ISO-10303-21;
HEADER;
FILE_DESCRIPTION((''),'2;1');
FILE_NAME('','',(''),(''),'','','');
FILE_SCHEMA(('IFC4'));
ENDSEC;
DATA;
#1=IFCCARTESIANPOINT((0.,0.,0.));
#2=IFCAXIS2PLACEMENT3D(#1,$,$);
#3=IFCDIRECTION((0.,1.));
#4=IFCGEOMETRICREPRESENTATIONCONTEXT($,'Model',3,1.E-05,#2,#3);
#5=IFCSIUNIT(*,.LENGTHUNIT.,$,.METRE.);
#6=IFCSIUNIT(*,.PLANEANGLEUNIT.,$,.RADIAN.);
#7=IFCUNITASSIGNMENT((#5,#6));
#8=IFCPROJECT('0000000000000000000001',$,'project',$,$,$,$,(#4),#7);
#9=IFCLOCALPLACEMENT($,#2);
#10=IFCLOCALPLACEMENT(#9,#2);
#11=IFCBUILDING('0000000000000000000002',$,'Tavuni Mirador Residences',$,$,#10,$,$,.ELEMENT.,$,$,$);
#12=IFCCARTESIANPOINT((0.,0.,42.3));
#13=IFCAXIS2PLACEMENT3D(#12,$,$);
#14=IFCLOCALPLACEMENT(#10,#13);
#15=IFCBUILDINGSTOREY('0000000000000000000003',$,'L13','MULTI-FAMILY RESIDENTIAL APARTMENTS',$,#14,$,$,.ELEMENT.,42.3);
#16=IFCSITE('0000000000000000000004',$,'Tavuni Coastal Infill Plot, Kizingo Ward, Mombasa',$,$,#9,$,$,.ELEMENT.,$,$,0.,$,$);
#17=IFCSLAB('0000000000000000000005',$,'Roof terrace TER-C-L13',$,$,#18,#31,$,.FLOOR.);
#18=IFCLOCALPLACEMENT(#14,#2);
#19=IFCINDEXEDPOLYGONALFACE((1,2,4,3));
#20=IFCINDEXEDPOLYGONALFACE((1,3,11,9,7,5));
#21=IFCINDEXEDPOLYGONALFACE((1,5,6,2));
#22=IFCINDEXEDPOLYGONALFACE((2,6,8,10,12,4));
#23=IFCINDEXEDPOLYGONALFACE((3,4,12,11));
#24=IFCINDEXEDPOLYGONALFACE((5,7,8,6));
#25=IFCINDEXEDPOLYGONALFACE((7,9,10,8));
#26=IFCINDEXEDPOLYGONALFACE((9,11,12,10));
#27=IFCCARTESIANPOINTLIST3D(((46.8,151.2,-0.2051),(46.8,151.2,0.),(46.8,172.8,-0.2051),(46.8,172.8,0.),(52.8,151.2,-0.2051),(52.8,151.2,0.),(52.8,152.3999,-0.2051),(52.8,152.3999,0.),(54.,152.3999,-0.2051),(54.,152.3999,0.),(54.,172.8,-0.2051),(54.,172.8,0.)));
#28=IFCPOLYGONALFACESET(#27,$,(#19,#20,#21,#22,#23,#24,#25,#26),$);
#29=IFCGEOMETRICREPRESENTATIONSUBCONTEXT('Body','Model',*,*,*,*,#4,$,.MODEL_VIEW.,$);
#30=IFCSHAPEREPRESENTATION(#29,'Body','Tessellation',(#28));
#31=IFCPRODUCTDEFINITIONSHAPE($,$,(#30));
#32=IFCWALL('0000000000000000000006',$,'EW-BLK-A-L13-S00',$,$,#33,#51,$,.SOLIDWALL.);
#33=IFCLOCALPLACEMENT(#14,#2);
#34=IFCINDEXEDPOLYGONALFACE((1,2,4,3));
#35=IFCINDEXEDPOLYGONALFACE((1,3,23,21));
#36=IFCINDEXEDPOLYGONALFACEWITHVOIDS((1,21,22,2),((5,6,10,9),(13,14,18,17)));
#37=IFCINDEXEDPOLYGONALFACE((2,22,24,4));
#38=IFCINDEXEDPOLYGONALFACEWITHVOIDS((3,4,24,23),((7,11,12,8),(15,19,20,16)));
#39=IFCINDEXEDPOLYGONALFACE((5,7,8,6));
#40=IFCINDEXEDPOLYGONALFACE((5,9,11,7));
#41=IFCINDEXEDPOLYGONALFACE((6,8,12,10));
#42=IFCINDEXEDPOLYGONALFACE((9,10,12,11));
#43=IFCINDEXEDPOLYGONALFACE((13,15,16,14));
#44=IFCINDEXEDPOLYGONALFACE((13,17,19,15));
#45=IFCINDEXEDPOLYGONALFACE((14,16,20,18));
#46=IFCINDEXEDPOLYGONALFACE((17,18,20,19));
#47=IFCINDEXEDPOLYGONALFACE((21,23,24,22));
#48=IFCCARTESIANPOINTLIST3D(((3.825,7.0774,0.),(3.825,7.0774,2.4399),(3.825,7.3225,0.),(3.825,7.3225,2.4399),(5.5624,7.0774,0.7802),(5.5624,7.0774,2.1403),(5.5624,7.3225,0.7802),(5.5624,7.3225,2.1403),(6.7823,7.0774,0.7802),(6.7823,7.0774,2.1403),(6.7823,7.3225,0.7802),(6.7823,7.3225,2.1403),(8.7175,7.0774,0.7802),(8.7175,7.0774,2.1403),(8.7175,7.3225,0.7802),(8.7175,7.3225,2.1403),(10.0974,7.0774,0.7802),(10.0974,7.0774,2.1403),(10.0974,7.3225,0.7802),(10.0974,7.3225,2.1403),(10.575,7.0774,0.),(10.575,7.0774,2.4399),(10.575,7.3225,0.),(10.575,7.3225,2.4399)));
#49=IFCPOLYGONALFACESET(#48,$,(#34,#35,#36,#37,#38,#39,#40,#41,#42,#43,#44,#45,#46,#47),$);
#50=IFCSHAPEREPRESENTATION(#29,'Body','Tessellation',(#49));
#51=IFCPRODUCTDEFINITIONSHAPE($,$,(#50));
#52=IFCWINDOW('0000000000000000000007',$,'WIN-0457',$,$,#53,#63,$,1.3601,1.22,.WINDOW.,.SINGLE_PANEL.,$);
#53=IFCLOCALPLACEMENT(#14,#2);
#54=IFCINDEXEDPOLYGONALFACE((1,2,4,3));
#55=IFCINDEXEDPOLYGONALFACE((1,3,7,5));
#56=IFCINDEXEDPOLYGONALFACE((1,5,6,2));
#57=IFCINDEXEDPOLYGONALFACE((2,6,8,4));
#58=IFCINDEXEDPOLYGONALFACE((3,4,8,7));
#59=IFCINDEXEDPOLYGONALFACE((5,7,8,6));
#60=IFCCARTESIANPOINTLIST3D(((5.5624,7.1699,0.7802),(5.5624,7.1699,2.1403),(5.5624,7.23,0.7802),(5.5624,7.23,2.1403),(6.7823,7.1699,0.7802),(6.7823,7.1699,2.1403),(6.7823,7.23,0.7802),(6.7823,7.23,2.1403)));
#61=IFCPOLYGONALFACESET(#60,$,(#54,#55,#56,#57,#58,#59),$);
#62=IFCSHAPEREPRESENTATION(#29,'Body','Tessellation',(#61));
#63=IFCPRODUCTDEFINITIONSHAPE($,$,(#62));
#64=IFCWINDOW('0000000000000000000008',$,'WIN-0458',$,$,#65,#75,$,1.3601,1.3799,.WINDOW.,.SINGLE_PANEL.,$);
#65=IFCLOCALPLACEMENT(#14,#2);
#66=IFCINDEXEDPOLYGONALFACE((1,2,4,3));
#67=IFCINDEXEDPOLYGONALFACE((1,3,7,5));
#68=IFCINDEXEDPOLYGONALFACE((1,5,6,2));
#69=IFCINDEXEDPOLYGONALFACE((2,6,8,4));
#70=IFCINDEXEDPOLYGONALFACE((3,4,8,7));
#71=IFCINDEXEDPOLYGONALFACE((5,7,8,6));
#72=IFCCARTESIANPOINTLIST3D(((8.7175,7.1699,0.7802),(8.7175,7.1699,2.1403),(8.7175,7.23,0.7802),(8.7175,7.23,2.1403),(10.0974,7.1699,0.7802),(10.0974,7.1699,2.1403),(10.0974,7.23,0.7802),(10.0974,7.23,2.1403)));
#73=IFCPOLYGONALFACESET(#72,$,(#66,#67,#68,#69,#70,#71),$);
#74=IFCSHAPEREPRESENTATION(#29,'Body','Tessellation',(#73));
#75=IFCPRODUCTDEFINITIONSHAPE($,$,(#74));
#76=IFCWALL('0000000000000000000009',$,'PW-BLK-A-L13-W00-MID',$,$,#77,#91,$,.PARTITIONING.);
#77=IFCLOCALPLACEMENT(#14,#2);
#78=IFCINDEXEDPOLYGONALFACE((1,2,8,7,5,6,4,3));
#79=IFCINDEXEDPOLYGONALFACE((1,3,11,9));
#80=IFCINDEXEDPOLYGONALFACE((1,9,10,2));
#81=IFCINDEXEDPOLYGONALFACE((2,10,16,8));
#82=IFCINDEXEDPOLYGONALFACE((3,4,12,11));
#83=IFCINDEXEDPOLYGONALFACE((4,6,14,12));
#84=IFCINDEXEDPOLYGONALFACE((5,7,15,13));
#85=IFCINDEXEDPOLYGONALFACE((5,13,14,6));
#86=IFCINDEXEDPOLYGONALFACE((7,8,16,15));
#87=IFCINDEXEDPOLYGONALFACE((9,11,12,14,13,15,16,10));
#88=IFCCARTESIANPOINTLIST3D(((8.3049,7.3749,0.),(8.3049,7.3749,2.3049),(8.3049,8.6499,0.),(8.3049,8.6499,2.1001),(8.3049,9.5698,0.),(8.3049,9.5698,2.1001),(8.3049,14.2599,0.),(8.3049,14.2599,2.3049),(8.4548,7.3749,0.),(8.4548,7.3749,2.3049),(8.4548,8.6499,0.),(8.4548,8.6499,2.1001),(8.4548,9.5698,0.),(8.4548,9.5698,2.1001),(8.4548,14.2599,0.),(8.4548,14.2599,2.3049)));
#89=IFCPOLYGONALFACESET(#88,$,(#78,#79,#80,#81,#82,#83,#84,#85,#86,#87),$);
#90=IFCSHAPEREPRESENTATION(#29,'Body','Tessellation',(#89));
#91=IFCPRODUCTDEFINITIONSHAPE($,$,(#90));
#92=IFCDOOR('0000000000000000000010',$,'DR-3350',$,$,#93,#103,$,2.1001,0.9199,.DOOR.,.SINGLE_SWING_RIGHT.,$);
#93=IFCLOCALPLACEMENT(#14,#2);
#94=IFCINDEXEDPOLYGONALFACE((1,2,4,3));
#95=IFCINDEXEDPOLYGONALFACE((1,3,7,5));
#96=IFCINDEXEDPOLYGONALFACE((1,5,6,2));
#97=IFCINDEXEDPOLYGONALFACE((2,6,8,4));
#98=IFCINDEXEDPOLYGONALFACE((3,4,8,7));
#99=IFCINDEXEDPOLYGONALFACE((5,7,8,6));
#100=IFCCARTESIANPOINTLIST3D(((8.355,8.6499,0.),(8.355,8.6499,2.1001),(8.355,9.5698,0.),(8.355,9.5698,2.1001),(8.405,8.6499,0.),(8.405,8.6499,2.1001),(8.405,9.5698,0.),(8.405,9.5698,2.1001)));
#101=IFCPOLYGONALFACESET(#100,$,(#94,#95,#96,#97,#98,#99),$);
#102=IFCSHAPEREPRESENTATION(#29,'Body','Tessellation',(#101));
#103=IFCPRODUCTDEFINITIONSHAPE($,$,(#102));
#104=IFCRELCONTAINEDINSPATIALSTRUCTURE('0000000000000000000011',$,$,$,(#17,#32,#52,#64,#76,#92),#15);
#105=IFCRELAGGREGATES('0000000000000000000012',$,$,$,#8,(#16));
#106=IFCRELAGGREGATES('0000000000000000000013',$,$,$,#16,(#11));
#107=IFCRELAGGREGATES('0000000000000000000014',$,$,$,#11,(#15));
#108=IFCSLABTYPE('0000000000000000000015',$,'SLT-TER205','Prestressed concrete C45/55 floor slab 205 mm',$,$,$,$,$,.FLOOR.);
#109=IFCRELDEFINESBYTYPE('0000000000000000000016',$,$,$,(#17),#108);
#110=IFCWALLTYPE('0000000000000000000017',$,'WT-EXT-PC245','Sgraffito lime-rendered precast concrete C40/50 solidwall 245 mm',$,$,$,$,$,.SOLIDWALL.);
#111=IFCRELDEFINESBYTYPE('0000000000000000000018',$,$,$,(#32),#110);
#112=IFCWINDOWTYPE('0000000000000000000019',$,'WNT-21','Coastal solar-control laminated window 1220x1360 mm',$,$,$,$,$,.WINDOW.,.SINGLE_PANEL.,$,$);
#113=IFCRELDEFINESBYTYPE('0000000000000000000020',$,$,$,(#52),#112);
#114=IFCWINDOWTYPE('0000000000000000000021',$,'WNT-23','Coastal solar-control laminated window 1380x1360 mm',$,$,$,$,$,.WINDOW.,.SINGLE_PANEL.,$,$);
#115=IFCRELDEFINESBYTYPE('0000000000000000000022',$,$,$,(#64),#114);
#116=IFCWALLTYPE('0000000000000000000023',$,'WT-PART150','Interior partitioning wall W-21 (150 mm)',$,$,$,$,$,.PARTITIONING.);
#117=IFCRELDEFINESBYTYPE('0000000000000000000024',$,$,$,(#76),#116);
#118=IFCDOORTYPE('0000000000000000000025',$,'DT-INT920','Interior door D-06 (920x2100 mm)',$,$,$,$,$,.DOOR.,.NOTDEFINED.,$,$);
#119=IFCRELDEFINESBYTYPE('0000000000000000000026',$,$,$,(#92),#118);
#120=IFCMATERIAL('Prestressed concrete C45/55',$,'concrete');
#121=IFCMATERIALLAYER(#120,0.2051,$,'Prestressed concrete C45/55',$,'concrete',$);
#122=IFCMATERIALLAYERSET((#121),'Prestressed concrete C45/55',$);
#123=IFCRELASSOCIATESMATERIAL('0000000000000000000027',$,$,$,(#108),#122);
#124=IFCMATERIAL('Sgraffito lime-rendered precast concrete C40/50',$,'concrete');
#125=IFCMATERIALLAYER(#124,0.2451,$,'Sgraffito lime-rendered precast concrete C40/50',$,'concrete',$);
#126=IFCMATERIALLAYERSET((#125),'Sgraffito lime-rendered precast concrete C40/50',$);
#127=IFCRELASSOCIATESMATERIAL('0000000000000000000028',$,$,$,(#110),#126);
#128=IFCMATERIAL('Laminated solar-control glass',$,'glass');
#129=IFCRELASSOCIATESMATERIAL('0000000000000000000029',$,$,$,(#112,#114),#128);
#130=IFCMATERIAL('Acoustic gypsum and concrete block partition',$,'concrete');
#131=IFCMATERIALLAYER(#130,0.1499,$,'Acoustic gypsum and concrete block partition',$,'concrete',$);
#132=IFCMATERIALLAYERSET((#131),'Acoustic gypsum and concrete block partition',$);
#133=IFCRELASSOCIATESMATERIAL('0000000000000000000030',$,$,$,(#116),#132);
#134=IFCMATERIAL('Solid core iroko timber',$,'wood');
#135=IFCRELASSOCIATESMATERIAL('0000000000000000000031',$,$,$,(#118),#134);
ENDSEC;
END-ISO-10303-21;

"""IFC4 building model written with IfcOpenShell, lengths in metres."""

from ifc_helpers import new_model, si_unit, direction, frame, frame_2d, origin, place, context, subcontext, project, spatial, polyline, rectangle, outline, extrude, material, layer, layer_set, type_object, element, fill, save


model = new_model("IFC4")

# Units and contexts
model_context = context("Model", 3, precision=1e-05, world=origin(), true_north=direction((0.0, 1.0)))
body_context = subcontext(model_context, "Body", "Model", "MODEL_VIEW")
ifc_project = project(units=[si_unit("LENGTHUNIT", "METRE"), si_unit("PLANEANGLEUNIT", "RADIAN")], contexts=[model_context])

# Site, building, storey
site_placement = place(None, origin())
site = spatial("IfcSite", under=ifc_project, at=site_placement, Name="Tavuni Coastal Infill Plot, Kizingo Ward, Mombasa", CompositionType="ELEMENT", RefElevation=0.0)
building_placement = place(site_placement, origin())
building = spatial("IfcBuilding", under=site, at=building_placement, Name="Tavuni Mirador Residences", CompositionType="ELEMENT")
storey_placement = place(building_placement, frame((0.0, 0.0, 42.3)))
storey = spatial("IfcBuildingStorey", under=building, at=storey_placement, Name="L13", Description="MULTI-FAMILY RESIDENTIAL APARTMENTS", CompositionType="ELEMENT", Elevation=42.3)

# Shared definitions
ifc_material_1 = material(Name="Laminated solar-control glass", Category="glass")

# Shared definitions
ifc_material_2 = material(Name="Prestressed concrete C45/55", Category="concrete")

# Slab
ifc_layer_1 = layer(ifc_material_2, 0.2051, Name="Prestressed concrete C45/55", Category="concrete")
ifc_layer_set_1 = layer_set([ifc_layer_1], Name="Prestressed concrete C45/55")
slab_type_1 = type_object("IfcSlabType", Name="SLT-TER205", Description="Prestressed concrete C45/55 floor slab 205 mm", PredefinedType="FLOOR", material=ifc_layer_set_1)
slab_1_placement = place(storey_placement, frame((0.0, 0.0, -0.2051)))
element("IfcSlab", 1, at=slab_1_placement, inside=storey, type_object=slab_type_1, Name="Roof terrace TER-C-L13", PredefinedType="FLOOR", context=body_context, shape_type="SweptSolid", body=[
    extrude(outline(polyline([(46.8, 151.2), (52.8, 151.2), (52.8, 152.3999), (54.0, 152.3999), (54.0, 172.8), (46.8, 172.8), (46.8, 151.2)])), origin(), (0.0, 0.0, 1.0), 0.2051),
])

# Wall, openings, windows
ifc_material_3 = material(Name="Sgraffito lime-rendered precast concrete C40/50", Category="concrete")
ifc_layer_2 = layer(ifc_material_3, 0.2451, Name="Sgraffito lime-rendered precast concrete C40/50", Category="concrete")
ifc_layer_set_2 = layer_set([ifc_layer_2], Name="Sgraffito lime-rendered precast concrete C40/50")
wall_type_1 = type_object("IfcWallType", Name="WT-EXT-PC245", Description="Sgraffito lime-rendered precast concrete C40/50 solidwall 245 mm", PredefinedType="SOLIDWALL", material=ifc_layer_set_2)
wall_1_placement = place(storey_placement, frame((3.825, 7.2, 0.0), z_axis=(0.0, 0.0, 1.0), x_axis=(1.0, 0.0, 0.0)))
wall_1 = element("IfcWall", 2, at=wall_1_placement, inside=storey, type_object=wall_type_1, Name="EW-BLK-A-L13-S00", PredefinedType="SOLIDWALL", context=body_context, shape_type="SweptSolid", body=[
    extrude(rectangle(XDim=6.75, YDim=0.2451, at=frame_2d((3.375, 0.0))), origin(), (0.0, 0.0, 1.0), 2.4399),
])
opening_1_placement = place(wall_1_placement, frame((1.7375, 0.0, 0.78)))
opening_1 = element("IfcOpeningElement", 3, at=opening_1_placement, cuts=wall_1, PredefinedType="OPENING", context=body_context, shape_type="SweptSolid", body=[
    extrude(rectangle(XDim=1.22, YDim=1.3601, at=frame_2d((0.6099, 0.6802))), frame((0.0, 0.1326, 0.0), z_axis=(0.0, -1.0, 0.0), x_axis=(1.0, 0.0, 0.0)), (0.0, 0.0, 1.0), 0.2651),
])
opening_2_placement = place(wall_1_placement, frame((4.8926, 0.0, 0.78)))
opening_2 = element("IfcOpeningElement", 4, at=opening_2_placement, cuts=wall_1, PredefinedType="OPENING", context=body_context, shape_type="SweptSolid", body=[
    extrude(rectangle(XDim=1.3799, YDim=1.3601, at=frame_2d((0.6899, 0.6802))), frame((0.0, 0.1326, 0.0), z_axis=(0.0, -1.0, 0.0), x_axis=(1.0, 0.0, 0.0)), (0.0, 0.0, 1.0), 0.2651),
])
window_type_1 = type_object("IfcWindowType", Name="WNT-21", Description="Coastal solar-control laminated window 1220x1360 mm", PartitioningType="SINGLE_PANEL", PredefinedType="WINDOW", material=ifc_material_1)
window_1_placement = place(opening_1_placement, origin())
window_1 = element("IfcWindow", 5, at=window_1_placement, inside=storey, type_object=window_type_1, Name="WIN-0457", OverallHeight=1.3601, OverallWidth=1.22, PartitioningType="SINGLE_PANEL", PredefinedType="WINDOW", context=body_context, shape_type="SweptSolid", body=[
    extrude(rectangle(XDim=1.22, YDim=1.3601, at=frame_2d((0.6099, 0.6802))), frame((0.0, 0.03, 0.0), z_axis=(0.0, -1.0, 0.0), x_axis=(1.0, 0.0, 0.0)), (0.0, 0.0, 1.0), 0.0601),
])
fill(opening_1, window_1)
window_type_2 = type_object("IfcWindowType", Name="WNT-23", Description="Coastal solar-control laminated window 1380x1360 mm", PartitioningType="SINGLE_PANEL", PredefinedType="WINDOW", material=ifc_material_1)
window_2_placement = place(opening_2_placement, origin())
window_2 = element("IfcWindow", 6, at=window_2_placement, inside=storey, type_object=window_type_2, Name="WIN-0458", OverallHeight=1.3601, OverallWidth=1.3799, PartitioningType="SINGLE_PANEL", PredefinedType="WINDOW", context=body_context, shape_type="SweptSolid", body=[
    extrude(rectangle(XDim=1.3799, YDim=1.3601, at=frame_2d((0.6899, 0.6802))), frame((0.0, 0.03, 0.0), z_axis=(0.0, -1.0, 0.0), x_axis=(1.0, 0.0, 0.0)), (0.0, 0.0, 1.0), 0.0601),
])
fill(opening_2, window_2)

# Wall, opening, door
ifc_material_4 = material(Name="Acoustic gypsum and concrete block partition", Category="concrete")
ifc_layer_3 = layer(ifc_material_4, 0.1499, Name="Acoustic gypsum and concrete block partition", Category="concrete")
ifc_layer_set_3 = layer_set([ifc_layer_3], Name="Acoustic gypsum and concrete block partition")
wall_type_2 = type_object("IfcWallType", Name="WT-PART150", Description="Interior partitioning wall W-21 (150 mm)", PredefinedType="PARTITIONING", material=ifc_layer_set_3)
wall_2_placement = place(storey_placement, frame((8.3799, 7.375, 0.0), z_axis=(0.0, 0.0, 1.0), x_axis=(0.0, 1.0, 0.0)))
wall_2 = element("IfcWall", 7, at=wall_2_placement, inside=storey, type_object=wall_type_2, Name="PW-BLK-A-L13-W00-MID", PredefinedType="PARTITIONING", context=body_context, shape_type="SweptSolid", body=[
    extrude(rectangle(XDim=6.885, YDim=0.1499, at=frame_2d((3.4424, 0.0))), origin(), (0.0, 0.0, 1.0), 2.3049),
])
opening_3_placement = place(wall_2_placement, frame((1.2749, 0.0, 0.0)))
opening_3 = element("IfcOpeningElement", 8, at=opening_3_placement, cuts=wall_2, PredefinedType="OPENING", context=body_context, shape_type="SweptSolid", body=[
    extrude(rectangle(XDim=0.9199, YDim=2.1001, at=frame_2d((0.46, 1.05))), frame((0.0, 0.085, 0.0), z_axis=(0.0, -1.0, 0.0), x_axis=(1.0, 0.0, 0.0)), (0.0, 0.0, 1.0), 0.1699),
])
ifc_material_5 = material(Name="Solid core iroko timber", Category="wood")
door_type = type_object("IfcDoorType", Name="DT-INT920", Description="Interior door D-06 (920x2100 mm)", OperationType="NOTDEFINED", PredefinedType="DOOR", material=ifc_material_5)
door_placement = place(opening_3_placement, origin())
door = element("IfcDoor", 9, at=door_placement, inside=storey, type_object=door_type, Name="DR-3350", OperationType="SINGLE_SWING_RIGHT", OverallHeight=2.1001, OverallWidth=0.9199, PredefinedType="DOOR", context=body_context, shape_type="SweptSolid", body=[
    extrude(rectangle(XDim=0.9199, YDim=2.1001, at=frame_2d((0.46, 1.05))), frame((0.0, 0.0249, 0.0), z_axis=(0.0, -1.0, 0.0), x_axis=(1.0, 0.0, 0.0)), (0.0, 0.0, 1.0), 0.05),
])
fill(opening_3, door)

save(model, "model.ifc")
